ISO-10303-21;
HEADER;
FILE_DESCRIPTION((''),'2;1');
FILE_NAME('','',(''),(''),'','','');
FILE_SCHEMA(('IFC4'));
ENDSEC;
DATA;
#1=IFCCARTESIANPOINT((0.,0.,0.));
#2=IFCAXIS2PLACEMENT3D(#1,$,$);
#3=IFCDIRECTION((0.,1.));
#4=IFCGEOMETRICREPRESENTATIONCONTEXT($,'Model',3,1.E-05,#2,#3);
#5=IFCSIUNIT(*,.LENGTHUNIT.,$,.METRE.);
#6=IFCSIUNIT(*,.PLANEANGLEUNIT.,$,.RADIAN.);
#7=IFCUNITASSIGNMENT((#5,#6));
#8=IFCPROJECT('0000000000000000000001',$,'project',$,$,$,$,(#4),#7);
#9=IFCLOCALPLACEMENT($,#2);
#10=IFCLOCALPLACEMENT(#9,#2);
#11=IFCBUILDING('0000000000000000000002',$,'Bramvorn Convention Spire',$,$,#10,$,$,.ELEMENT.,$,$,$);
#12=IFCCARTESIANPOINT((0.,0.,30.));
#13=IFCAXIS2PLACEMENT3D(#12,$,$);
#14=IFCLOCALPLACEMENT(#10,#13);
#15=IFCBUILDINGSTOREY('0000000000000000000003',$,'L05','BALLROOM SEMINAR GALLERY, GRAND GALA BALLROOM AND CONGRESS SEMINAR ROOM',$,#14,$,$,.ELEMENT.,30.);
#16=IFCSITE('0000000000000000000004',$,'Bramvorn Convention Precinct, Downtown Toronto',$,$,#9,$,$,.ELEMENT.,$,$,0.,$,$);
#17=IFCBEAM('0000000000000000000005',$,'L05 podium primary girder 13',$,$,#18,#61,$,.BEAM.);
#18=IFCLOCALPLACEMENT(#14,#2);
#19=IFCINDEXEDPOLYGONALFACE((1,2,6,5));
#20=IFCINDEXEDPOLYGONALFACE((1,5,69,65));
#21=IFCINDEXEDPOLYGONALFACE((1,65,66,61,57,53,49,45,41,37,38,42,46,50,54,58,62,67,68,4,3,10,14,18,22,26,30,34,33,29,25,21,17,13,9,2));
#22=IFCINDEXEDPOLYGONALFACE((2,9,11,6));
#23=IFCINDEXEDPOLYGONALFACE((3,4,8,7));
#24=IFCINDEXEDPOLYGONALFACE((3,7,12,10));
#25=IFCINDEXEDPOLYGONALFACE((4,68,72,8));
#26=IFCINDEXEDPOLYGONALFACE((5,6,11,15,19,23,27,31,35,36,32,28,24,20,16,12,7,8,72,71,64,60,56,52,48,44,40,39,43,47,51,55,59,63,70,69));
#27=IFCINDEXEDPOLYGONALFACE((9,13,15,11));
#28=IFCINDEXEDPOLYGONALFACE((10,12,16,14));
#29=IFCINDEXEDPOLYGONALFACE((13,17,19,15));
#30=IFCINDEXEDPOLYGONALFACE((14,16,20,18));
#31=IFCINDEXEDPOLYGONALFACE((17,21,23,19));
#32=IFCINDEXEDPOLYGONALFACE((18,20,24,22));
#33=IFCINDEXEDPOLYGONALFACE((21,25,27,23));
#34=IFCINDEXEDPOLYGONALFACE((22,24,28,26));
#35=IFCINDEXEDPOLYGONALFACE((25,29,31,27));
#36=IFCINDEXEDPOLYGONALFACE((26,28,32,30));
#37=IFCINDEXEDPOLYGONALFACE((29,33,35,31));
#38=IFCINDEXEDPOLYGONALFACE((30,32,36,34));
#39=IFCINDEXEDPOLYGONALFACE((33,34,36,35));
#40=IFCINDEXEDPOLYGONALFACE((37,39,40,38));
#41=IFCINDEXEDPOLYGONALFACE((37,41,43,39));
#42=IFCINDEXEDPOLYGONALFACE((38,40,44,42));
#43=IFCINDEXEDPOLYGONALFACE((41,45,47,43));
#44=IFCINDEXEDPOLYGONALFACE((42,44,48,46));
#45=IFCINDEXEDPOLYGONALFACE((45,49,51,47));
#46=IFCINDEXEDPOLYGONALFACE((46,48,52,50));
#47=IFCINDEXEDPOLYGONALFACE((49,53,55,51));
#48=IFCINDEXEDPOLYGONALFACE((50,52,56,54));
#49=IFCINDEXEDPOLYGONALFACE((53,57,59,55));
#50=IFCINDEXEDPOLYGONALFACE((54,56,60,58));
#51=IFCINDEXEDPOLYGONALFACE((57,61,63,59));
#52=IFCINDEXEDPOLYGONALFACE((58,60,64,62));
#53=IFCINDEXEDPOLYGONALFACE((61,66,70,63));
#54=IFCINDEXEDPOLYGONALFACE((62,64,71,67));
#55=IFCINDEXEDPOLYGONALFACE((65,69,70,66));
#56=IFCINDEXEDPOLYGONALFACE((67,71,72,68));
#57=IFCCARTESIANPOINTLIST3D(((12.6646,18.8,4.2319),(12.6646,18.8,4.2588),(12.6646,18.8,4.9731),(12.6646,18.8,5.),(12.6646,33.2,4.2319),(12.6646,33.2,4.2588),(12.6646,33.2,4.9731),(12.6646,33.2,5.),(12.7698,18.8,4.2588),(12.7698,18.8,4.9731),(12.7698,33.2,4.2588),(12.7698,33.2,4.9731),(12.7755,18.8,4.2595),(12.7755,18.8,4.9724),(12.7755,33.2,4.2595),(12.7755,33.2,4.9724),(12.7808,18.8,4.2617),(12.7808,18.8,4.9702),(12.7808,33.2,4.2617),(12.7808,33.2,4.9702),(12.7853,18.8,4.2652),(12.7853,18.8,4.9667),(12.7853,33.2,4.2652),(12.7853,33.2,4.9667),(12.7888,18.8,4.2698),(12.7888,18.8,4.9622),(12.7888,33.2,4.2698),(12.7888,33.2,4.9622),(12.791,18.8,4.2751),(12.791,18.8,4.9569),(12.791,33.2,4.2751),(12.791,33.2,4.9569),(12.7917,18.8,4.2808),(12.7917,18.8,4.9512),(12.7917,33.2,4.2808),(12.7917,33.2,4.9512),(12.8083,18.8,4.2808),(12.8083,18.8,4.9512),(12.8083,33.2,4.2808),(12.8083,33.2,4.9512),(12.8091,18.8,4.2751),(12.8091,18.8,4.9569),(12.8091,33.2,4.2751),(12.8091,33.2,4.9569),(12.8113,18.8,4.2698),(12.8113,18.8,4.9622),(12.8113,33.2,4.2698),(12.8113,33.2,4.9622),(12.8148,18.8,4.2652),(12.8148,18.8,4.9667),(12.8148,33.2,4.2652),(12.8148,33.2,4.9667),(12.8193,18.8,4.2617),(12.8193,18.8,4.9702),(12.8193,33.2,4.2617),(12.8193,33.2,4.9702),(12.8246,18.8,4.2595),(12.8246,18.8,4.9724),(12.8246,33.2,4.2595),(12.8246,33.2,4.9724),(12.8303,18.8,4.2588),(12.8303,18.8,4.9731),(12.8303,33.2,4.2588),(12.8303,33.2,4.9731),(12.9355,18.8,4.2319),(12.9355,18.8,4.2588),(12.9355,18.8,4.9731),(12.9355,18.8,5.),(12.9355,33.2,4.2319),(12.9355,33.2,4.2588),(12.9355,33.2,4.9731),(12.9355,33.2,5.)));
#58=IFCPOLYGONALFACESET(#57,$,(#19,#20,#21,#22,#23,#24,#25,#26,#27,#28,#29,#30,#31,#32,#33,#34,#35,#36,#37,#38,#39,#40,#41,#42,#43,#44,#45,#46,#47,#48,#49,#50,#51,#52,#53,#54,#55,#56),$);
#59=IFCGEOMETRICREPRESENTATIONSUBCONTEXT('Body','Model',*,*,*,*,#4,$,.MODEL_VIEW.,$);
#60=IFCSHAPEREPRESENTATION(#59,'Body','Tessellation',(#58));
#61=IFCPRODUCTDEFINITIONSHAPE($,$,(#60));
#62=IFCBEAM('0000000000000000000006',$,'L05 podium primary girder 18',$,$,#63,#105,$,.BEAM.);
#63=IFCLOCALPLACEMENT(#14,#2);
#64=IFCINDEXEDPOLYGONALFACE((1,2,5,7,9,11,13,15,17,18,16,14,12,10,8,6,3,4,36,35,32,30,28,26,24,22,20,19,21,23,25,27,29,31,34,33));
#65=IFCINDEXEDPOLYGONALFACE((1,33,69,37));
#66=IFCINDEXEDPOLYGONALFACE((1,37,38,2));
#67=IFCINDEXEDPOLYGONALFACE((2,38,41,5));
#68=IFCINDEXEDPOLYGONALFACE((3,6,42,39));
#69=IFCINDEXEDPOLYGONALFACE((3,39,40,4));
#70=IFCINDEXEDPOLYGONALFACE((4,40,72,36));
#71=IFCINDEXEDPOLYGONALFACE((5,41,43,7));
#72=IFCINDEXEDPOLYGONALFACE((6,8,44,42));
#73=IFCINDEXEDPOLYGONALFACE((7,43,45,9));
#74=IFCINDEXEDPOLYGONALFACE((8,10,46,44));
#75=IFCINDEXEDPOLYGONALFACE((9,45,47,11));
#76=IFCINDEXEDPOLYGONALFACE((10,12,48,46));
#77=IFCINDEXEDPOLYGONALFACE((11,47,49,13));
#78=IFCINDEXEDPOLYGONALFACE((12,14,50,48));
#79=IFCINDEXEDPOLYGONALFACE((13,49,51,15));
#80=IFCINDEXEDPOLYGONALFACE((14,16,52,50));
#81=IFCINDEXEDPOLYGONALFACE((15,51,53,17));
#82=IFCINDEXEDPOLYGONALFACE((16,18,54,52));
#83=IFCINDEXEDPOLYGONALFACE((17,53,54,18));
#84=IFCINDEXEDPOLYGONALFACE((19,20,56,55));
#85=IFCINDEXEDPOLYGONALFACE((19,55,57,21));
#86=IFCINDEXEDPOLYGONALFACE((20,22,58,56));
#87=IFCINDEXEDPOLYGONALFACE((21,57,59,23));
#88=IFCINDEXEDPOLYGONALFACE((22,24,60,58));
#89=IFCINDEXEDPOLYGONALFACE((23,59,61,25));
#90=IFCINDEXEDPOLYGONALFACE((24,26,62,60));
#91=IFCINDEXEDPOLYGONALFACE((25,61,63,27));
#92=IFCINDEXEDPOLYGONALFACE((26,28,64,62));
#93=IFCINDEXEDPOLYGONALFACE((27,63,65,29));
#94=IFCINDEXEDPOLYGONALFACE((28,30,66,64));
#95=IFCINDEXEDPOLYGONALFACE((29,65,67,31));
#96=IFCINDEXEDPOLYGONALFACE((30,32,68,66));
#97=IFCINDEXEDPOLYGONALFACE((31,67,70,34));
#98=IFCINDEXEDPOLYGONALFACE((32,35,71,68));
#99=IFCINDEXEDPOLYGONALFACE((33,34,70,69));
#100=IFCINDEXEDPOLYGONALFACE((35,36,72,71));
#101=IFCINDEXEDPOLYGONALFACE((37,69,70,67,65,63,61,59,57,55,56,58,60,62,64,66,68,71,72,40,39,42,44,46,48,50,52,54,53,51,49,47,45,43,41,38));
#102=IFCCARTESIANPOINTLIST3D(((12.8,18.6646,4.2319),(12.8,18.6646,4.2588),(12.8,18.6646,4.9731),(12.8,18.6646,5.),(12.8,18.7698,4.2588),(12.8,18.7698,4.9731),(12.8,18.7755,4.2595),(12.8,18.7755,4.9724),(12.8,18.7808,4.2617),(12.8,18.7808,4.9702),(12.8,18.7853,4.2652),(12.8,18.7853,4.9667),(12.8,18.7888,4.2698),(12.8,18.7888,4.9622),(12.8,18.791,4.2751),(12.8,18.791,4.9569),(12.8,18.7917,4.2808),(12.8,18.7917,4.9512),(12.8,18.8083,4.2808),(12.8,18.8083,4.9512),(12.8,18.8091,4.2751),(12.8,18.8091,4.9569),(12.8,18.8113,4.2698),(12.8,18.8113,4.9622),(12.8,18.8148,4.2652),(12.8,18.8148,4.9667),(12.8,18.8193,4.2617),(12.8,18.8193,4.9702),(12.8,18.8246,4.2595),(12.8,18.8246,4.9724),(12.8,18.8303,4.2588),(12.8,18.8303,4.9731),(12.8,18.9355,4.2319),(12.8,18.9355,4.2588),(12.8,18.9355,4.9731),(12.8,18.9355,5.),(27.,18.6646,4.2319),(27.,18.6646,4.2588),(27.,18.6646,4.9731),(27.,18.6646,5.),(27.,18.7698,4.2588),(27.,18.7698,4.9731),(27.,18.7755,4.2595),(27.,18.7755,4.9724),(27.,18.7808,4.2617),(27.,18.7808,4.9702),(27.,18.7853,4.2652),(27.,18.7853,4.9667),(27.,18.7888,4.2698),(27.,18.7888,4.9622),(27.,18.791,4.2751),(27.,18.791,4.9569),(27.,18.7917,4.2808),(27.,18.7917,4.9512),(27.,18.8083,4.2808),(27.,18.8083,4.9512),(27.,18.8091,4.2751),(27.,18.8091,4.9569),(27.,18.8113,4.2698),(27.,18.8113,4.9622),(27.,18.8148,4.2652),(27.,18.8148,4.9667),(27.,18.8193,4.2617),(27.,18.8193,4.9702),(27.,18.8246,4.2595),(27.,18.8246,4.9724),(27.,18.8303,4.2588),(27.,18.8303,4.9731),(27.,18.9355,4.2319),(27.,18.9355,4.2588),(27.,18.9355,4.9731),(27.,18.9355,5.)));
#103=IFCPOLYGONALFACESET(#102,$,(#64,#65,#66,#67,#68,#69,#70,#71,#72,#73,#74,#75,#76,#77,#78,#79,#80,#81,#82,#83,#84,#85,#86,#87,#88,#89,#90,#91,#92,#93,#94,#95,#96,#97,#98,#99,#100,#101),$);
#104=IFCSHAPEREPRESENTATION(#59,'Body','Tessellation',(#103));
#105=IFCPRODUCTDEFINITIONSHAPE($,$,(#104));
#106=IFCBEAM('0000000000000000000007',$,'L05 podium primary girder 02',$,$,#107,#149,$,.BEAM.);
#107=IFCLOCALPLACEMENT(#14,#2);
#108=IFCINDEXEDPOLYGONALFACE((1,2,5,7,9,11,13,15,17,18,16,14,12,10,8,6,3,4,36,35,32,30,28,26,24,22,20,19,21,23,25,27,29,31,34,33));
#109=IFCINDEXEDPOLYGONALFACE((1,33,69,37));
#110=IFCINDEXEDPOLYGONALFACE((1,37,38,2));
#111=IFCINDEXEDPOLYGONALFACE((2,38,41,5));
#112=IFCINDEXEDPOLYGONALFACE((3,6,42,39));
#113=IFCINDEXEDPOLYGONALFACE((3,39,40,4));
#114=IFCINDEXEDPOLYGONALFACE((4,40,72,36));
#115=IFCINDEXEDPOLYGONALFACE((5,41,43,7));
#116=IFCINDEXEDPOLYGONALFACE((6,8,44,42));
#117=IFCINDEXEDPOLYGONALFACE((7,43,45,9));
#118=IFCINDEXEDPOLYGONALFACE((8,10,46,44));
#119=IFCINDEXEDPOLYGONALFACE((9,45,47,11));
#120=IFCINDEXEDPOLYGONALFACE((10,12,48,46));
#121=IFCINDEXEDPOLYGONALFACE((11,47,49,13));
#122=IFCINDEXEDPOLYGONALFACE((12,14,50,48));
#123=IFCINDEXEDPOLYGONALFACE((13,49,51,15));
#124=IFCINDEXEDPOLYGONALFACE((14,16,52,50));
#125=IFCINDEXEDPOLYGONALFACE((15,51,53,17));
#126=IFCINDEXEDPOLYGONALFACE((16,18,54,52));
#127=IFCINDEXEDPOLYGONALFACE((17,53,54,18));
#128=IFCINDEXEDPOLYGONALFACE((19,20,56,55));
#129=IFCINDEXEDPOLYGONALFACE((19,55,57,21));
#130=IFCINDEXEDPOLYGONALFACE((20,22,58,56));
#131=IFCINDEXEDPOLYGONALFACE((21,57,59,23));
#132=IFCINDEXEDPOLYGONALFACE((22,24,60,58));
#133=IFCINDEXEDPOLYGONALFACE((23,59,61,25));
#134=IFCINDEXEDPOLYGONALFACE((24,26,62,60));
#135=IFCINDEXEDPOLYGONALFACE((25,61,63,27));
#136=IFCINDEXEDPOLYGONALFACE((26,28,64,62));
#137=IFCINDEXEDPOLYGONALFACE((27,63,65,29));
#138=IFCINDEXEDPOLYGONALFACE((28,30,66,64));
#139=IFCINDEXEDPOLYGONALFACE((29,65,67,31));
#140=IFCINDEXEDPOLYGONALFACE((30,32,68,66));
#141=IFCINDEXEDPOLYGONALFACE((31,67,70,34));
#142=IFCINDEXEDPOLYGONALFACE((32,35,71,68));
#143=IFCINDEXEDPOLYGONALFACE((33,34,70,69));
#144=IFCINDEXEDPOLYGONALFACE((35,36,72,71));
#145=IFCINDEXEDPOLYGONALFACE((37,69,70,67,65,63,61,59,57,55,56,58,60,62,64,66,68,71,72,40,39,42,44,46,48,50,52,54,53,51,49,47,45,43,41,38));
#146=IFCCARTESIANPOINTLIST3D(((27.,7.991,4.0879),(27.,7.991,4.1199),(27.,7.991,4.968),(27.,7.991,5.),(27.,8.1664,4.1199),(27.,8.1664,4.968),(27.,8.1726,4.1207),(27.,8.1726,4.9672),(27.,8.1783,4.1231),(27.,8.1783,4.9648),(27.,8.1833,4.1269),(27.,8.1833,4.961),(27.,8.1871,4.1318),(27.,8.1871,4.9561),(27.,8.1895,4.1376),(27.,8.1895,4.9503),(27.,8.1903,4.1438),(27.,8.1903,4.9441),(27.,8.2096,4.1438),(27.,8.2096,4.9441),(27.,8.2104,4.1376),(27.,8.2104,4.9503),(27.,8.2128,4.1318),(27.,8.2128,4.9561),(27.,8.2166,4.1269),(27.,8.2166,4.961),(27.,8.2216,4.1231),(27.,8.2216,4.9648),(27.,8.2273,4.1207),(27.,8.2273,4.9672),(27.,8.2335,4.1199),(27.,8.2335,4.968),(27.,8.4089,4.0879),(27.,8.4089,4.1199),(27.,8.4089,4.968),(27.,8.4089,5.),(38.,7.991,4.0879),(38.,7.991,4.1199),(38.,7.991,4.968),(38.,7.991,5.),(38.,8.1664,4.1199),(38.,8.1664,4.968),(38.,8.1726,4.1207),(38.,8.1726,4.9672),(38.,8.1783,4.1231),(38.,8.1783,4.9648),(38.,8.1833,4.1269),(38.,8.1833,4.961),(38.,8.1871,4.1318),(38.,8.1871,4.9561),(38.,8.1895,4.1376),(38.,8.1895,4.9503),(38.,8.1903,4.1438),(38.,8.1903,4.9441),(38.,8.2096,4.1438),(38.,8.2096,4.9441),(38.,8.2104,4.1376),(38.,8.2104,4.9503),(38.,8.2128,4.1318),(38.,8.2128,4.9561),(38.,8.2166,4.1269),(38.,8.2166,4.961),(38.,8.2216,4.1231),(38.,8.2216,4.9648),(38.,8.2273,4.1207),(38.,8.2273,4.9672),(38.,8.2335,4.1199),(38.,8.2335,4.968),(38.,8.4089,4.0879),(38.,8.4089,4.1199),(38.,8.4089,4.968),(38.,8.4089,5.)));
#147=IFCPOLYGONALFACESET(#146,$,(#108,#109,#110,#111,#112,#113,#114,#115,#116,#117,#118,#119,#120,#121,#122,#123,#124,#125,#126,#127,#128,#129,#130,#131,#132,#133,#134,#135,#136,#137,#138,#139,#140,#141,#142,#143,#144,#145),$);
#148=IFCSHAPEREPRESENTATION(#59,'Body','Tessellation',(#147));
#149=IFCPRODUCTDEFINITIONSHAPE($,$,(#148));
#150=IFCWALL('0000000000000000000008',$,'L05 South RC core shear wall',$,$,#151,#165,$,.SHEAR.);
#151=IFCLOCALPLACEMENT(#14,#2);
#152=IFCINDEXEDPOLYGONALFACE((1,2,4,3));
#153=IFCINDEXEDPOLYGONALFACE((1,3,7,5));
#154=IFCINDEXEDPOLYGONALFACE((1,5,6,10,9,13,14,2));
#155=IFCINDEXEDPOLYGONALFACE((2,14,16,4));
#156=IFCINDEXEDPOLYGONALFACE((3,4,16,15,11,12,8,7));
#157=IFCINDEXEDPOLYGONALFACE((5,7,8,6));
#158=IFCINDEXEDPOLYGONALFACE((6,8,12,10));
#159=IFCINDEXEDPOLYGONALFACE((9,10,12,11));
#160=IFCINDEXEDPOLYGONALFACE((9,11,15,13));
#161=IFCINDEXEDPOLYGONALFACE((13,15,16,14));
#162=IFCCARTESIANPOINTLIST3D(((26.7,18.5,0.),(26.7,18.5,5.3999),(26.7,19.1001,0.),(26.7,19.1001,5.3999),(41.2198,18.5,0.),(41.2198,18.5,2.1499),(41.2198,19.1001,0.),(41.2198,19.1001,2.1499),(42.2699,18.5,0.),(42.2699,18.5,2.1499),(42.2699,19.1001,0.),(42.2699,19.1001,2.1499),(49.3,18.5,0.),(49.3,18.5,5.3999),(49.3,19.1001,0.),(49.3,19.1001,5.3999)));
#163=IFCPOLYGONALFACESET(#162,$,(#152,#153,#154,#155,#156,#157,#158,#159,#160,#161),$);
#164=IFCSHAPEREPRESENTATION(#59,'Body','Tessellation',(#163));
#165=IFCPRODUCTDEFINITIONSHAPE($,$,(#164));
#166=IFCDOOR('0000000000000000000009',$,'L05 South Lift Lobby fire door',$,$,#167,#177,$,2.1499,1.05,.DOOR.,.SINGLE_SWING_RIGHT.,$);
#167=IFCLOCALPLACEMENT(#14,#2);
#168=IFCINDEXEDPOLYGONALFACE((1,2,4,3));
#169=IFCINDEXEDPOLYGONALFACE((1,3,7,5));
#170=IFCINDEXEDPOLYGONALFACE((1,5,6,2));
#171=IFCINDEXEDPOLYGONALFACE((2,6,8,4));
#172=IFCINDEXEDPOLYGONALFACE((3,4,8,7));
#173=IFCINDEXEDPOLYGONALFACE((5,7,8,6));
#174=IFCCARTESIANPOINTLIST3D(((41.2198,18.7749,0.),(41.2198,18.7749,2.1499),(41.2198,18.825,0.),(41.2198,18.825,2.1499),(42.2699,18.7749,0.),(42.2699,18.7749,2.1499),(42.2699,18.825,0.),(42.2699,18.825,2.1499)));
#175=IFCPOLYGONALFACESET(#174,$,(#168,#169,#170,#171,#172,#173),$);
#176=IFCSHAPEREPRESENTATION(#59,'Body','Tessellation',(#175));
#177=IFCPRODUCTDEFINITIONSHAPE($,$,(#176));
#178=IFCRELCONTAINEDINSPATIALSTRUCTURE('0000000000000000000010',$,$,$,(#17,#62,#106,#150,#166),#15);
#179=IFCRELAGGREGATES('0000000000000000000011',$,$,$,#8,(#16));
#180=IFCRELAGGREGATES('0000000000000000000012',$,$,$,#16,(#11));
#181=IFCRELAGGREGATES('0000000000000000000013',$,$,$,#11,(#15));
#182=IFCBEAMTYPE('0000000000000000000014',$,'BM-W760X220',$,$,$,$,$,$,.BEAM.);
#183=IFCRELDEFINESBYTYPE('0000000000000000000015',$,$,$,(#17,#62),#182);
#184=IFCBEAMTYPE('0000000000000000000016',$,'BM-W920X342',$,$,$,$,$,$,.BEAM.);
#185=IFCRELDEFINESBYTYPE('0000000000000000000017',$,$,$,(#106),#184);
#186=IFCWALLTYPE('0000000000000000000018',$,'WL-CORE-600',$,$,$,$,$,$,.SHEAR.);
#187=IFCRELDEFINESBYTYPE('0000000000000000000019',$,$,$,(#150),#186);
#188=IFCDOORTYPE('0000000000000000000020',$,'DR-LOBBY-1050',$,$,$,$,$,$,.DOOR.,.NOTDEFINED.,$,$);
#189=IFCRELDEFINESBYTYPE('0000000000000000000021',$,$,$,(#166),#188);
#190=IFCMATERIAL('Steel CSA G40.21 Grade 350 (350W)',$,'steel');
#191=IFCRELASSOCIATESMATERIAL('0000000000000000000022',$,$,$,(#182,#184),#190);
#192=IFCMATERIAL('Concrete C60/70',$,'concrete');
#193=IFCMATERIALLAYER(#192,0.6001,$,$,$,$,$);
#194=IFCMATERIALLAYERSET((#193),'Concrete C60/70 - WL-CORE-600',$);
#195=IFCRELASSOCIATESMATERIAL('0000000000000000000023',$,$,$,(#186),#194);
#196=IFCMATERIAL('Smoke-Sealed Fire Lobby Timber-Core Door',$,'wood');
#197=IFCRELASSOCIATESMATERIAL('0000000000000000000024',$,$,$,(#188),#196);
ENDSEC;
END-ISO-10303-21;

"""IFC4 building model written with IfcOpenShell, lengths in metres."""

from ifc_helpers import new_model, si_unit, direction, frame, frame_2d, origin, origin_2d, place, context, subcontext, project, spatial, rectangle, i_section, extrude, material, layer, layer_set, material_profile, profile_set, type_object, element, fill, save


model = new_model("IFC4")

# Units and contexts
model_context = context("Model", 3, precision=1e-05, world=origin(), true_north=direction((0.0, 1.0)))
body_context = subcontext(model_context, "Body", "Model", "MODEL_VIEW")
ifc_project = project(units=[si_unit("LENGTHUNIT", "METRE"), si_unit("PLANEANGLEUNIT", "RADIAN")], contexts=[model_context])

# Site, building, storey
site_placement = place(None, origin())
site = spatial("IfcSite", under=ifc_project, at=site_placement, Name="Bramvorn Convention Precinct, Downtown Toronto", CompositionType="ELEMENT", RefElevation=0.0)
building_placement = place(site_placement, origin())
building = spatial("IfcBuilding", under=site, at=building_placement, Name="Bramvorn Convention Spire", CompositionType="ELEMENT")
storey_placement = place(building_placement, frame((0.0, 0.0, 30.0)))
storey = spatial("IfcBuildingStorey", under=building, at=storey_placement, Name="L05", Description="BALLROOM SEMINAR GALLERY, GRAND GALA BALLROOM AND CONGRESS SEMINAR ROOM", CompositionType="ELEMENT", Elevation=30.0)

# Shared definitions
ifc_material_1 = material(Name="Steel CSA G40.21 Grade 350 (350W)", Category="steel")
ifc_material_2 = material(Name="Concrete C60/70", Category="concrete")

# Beams
ifc_material_profile_1 = material_profile(ifc_material_1, i_section(OverallWidth=0.271, OverallDepth=0.7681, WebThickness=0.0166, FlangeThickness=0.0269, FilletRadius=0.022, at=origin_2d()))
ifc_profile_set_1 = profile_set([ifc_material_profile_1], Name="Steel CSA G40.21 Grade 350 (350W) - W760X220")
beam_type_1 = type_object("IfcBeamType", Name="BM-W760X220", PredefinedType="BEAM", material=ifc_profile_set_1)
beam_1_placement = place(storey_placement, frame((12.8, 18.8, 4.616), z_axis=(0.0, 1.0, 0.0), x_axis=(-1.0, 0.0, 0.0)))
element("IfcBeam", 1, at=beam_1_placement, inside=storey, type_object=beam_type_1, Name="L05 podium primary girder 13", PredefinedType="BEAM", context=body_context, shape_type="SweptSolid", body=[
    extrude(i_section(OverallWidth=0.271, OverallDepth=0.7681, WebThickness=0.0166, FlangeThickness=0.0269, FilletRadius=0.022, at=origin_2d()), origin(), (0.0, 0.0, 1.0), 14.3999),
])
beam_2_placement = place(storey_placement, frame((12.8, 18.8, 4.616), z_axis=(1.0, 0.0, 0.0), x_axis=(0.0, 1.0, 0.0)))
element("IfcBeam", 2, at=beam_2_placement, inside=storey, type_object=beam_type_1, Name="L05 podium primary girder 18", PredefinedType="BEAM", context=body_context, shape_type="SweptSolid", body=[
    extrude(i_section(OverallWidth=0.271, OverallDepth=0.7681, WebThickness=0.0166, FlangeThickness=0.0269, FilletRadius=0.022, at=origin_2d()), origin(), (0.0, 0.0, 1.0), 14.2),
])
ifc_material_profile_2 = material_profile(ifc_material_1, i_section(OverallWidth=0.418, OverallDepth=0.9121, WebThickness=0.0193, FlangeThickness=0.032, FilletRadius=0.0239, at=origin_2d()))
ifc_profile_set_2 = profile_set([ifc_material_profile_2], Name="Steel CSA G40.21 Grade 350 (350W) - W920X342")
beam_type_2 = type_object("IfcBeamType", Name="BM-W920X342", PredefinedType="BEAM", material=ifc_profile_set_2)
beam_3_placement = place(storey_placement, frame((27.0, 8.2, 4.5439), z_axis=(1.0, 0.0, 0.0), x_axis=(0.0, 1.0, 0.0)))
element("IfcBeam", 3, at=beam_3_placement, inside=storey, type_object=beam_type_2, Name="L05 podium primary girder 02", PredefinedType="BEAM", context=body_context, shape_type="SweptSolid", body=[
    extrude(i_section(OverallWidth=0.418, OverallDepth=0.9121, WebThickness=0.0193, FlangeThickness=0.032, FilletRadius=0.0239, at=origin_2d()), origin(), (0.0, 0.0, 1.0), 11.0),
])

# Wall, opening, door
ifc_layer_1 = layer(ifc_material_2, 0.6001)
ifc_layer_set_1 = layer_set([ifc_layer_1], Name="Concrete C60/70 - WL-CORE-600")
wall_type_1 = type_object("IfcWallType", Name="WL-CORE-600", PredefinedType="SHEAR", material=ifc_layer_set_1)
wall_1_placement = place(storey_placement, frame((26.7, 18.8, 0.0), z_axis=(0.0, 0.0, 1.0), x_axis=(1.0, 0.0, 0.0)))
wall_1 = element("IfcWall", 4, at=wall_1_placement, inside=storey, type_object=wall_type_1, Name="L05 South RC core shear wall", PredefinedType="SHEAR", context=body_context, shape_type="SweptSolid", body=[
    extrude(rectangle(XDim=22.6001, YDim=0.6001, at=frame_2d((11.3, 0.0))), origin(), (0.0, 0.0, 1.0), 5.3999),
])
opening_1_placement = place(wall_1_placement, frame((14.52, 0.0, 0.0)))
opening_1 = element("IfcOpeningElement", 5, at=opening_1_placement, cuts=wall_1, PredefinedType="OPENING", context=body_context, shape_type="SweptSolid", body=[
    extrude(rectangle(XDim=1.05, YDim=2.1499, at=frame_2d((0.5249, 1.075))), frame((0.0, 0.3101, 0.0), z_axis=(0.0, -1.0, 0.0), x_axis=(1.0, 0.0, 0.0)), (0.0, 0.0, 1.0), 0.6201),
])
ifc_material_3 = material(Name="Smoke-Sealed Fire Lobby Timber-Core Door", Category="wood")
door_type_1 = type_object("IfcDoorType", Name="DR-LOBBY-1050", OperationType="NOTDEFINED", PredefinedType="DOOR", material=ifc_material_3)
door_1_placement = place(opening_1_placement, origin())
door_1 = element("IfcDoor", 6, at=door_1_placement, inside=storey, type_object=door_type_1, Name="L05 South Lift Lobby fire door", OperationType="SINGLE_SWING_RIGHT", OverallHeight=2.1499, OverallWidth=1.05, PredefinedType="DOOR", context=body_context, shape_type="SweptSolid", body=[
    extrude(rectangle(XDim=1.05, YDim=2.1499, at=frame_2d((0.5249, 1.075))), frame((0.0, 0.0249, 0.0), z_axis=(0.0, -1.0, 0.0), x_axis=(1.0, 0.0, 0.0)), (0.0, 0.0, 1.0), 0.05),
])
fill(opening_1, door_1)

save(model, "model.ifc")
